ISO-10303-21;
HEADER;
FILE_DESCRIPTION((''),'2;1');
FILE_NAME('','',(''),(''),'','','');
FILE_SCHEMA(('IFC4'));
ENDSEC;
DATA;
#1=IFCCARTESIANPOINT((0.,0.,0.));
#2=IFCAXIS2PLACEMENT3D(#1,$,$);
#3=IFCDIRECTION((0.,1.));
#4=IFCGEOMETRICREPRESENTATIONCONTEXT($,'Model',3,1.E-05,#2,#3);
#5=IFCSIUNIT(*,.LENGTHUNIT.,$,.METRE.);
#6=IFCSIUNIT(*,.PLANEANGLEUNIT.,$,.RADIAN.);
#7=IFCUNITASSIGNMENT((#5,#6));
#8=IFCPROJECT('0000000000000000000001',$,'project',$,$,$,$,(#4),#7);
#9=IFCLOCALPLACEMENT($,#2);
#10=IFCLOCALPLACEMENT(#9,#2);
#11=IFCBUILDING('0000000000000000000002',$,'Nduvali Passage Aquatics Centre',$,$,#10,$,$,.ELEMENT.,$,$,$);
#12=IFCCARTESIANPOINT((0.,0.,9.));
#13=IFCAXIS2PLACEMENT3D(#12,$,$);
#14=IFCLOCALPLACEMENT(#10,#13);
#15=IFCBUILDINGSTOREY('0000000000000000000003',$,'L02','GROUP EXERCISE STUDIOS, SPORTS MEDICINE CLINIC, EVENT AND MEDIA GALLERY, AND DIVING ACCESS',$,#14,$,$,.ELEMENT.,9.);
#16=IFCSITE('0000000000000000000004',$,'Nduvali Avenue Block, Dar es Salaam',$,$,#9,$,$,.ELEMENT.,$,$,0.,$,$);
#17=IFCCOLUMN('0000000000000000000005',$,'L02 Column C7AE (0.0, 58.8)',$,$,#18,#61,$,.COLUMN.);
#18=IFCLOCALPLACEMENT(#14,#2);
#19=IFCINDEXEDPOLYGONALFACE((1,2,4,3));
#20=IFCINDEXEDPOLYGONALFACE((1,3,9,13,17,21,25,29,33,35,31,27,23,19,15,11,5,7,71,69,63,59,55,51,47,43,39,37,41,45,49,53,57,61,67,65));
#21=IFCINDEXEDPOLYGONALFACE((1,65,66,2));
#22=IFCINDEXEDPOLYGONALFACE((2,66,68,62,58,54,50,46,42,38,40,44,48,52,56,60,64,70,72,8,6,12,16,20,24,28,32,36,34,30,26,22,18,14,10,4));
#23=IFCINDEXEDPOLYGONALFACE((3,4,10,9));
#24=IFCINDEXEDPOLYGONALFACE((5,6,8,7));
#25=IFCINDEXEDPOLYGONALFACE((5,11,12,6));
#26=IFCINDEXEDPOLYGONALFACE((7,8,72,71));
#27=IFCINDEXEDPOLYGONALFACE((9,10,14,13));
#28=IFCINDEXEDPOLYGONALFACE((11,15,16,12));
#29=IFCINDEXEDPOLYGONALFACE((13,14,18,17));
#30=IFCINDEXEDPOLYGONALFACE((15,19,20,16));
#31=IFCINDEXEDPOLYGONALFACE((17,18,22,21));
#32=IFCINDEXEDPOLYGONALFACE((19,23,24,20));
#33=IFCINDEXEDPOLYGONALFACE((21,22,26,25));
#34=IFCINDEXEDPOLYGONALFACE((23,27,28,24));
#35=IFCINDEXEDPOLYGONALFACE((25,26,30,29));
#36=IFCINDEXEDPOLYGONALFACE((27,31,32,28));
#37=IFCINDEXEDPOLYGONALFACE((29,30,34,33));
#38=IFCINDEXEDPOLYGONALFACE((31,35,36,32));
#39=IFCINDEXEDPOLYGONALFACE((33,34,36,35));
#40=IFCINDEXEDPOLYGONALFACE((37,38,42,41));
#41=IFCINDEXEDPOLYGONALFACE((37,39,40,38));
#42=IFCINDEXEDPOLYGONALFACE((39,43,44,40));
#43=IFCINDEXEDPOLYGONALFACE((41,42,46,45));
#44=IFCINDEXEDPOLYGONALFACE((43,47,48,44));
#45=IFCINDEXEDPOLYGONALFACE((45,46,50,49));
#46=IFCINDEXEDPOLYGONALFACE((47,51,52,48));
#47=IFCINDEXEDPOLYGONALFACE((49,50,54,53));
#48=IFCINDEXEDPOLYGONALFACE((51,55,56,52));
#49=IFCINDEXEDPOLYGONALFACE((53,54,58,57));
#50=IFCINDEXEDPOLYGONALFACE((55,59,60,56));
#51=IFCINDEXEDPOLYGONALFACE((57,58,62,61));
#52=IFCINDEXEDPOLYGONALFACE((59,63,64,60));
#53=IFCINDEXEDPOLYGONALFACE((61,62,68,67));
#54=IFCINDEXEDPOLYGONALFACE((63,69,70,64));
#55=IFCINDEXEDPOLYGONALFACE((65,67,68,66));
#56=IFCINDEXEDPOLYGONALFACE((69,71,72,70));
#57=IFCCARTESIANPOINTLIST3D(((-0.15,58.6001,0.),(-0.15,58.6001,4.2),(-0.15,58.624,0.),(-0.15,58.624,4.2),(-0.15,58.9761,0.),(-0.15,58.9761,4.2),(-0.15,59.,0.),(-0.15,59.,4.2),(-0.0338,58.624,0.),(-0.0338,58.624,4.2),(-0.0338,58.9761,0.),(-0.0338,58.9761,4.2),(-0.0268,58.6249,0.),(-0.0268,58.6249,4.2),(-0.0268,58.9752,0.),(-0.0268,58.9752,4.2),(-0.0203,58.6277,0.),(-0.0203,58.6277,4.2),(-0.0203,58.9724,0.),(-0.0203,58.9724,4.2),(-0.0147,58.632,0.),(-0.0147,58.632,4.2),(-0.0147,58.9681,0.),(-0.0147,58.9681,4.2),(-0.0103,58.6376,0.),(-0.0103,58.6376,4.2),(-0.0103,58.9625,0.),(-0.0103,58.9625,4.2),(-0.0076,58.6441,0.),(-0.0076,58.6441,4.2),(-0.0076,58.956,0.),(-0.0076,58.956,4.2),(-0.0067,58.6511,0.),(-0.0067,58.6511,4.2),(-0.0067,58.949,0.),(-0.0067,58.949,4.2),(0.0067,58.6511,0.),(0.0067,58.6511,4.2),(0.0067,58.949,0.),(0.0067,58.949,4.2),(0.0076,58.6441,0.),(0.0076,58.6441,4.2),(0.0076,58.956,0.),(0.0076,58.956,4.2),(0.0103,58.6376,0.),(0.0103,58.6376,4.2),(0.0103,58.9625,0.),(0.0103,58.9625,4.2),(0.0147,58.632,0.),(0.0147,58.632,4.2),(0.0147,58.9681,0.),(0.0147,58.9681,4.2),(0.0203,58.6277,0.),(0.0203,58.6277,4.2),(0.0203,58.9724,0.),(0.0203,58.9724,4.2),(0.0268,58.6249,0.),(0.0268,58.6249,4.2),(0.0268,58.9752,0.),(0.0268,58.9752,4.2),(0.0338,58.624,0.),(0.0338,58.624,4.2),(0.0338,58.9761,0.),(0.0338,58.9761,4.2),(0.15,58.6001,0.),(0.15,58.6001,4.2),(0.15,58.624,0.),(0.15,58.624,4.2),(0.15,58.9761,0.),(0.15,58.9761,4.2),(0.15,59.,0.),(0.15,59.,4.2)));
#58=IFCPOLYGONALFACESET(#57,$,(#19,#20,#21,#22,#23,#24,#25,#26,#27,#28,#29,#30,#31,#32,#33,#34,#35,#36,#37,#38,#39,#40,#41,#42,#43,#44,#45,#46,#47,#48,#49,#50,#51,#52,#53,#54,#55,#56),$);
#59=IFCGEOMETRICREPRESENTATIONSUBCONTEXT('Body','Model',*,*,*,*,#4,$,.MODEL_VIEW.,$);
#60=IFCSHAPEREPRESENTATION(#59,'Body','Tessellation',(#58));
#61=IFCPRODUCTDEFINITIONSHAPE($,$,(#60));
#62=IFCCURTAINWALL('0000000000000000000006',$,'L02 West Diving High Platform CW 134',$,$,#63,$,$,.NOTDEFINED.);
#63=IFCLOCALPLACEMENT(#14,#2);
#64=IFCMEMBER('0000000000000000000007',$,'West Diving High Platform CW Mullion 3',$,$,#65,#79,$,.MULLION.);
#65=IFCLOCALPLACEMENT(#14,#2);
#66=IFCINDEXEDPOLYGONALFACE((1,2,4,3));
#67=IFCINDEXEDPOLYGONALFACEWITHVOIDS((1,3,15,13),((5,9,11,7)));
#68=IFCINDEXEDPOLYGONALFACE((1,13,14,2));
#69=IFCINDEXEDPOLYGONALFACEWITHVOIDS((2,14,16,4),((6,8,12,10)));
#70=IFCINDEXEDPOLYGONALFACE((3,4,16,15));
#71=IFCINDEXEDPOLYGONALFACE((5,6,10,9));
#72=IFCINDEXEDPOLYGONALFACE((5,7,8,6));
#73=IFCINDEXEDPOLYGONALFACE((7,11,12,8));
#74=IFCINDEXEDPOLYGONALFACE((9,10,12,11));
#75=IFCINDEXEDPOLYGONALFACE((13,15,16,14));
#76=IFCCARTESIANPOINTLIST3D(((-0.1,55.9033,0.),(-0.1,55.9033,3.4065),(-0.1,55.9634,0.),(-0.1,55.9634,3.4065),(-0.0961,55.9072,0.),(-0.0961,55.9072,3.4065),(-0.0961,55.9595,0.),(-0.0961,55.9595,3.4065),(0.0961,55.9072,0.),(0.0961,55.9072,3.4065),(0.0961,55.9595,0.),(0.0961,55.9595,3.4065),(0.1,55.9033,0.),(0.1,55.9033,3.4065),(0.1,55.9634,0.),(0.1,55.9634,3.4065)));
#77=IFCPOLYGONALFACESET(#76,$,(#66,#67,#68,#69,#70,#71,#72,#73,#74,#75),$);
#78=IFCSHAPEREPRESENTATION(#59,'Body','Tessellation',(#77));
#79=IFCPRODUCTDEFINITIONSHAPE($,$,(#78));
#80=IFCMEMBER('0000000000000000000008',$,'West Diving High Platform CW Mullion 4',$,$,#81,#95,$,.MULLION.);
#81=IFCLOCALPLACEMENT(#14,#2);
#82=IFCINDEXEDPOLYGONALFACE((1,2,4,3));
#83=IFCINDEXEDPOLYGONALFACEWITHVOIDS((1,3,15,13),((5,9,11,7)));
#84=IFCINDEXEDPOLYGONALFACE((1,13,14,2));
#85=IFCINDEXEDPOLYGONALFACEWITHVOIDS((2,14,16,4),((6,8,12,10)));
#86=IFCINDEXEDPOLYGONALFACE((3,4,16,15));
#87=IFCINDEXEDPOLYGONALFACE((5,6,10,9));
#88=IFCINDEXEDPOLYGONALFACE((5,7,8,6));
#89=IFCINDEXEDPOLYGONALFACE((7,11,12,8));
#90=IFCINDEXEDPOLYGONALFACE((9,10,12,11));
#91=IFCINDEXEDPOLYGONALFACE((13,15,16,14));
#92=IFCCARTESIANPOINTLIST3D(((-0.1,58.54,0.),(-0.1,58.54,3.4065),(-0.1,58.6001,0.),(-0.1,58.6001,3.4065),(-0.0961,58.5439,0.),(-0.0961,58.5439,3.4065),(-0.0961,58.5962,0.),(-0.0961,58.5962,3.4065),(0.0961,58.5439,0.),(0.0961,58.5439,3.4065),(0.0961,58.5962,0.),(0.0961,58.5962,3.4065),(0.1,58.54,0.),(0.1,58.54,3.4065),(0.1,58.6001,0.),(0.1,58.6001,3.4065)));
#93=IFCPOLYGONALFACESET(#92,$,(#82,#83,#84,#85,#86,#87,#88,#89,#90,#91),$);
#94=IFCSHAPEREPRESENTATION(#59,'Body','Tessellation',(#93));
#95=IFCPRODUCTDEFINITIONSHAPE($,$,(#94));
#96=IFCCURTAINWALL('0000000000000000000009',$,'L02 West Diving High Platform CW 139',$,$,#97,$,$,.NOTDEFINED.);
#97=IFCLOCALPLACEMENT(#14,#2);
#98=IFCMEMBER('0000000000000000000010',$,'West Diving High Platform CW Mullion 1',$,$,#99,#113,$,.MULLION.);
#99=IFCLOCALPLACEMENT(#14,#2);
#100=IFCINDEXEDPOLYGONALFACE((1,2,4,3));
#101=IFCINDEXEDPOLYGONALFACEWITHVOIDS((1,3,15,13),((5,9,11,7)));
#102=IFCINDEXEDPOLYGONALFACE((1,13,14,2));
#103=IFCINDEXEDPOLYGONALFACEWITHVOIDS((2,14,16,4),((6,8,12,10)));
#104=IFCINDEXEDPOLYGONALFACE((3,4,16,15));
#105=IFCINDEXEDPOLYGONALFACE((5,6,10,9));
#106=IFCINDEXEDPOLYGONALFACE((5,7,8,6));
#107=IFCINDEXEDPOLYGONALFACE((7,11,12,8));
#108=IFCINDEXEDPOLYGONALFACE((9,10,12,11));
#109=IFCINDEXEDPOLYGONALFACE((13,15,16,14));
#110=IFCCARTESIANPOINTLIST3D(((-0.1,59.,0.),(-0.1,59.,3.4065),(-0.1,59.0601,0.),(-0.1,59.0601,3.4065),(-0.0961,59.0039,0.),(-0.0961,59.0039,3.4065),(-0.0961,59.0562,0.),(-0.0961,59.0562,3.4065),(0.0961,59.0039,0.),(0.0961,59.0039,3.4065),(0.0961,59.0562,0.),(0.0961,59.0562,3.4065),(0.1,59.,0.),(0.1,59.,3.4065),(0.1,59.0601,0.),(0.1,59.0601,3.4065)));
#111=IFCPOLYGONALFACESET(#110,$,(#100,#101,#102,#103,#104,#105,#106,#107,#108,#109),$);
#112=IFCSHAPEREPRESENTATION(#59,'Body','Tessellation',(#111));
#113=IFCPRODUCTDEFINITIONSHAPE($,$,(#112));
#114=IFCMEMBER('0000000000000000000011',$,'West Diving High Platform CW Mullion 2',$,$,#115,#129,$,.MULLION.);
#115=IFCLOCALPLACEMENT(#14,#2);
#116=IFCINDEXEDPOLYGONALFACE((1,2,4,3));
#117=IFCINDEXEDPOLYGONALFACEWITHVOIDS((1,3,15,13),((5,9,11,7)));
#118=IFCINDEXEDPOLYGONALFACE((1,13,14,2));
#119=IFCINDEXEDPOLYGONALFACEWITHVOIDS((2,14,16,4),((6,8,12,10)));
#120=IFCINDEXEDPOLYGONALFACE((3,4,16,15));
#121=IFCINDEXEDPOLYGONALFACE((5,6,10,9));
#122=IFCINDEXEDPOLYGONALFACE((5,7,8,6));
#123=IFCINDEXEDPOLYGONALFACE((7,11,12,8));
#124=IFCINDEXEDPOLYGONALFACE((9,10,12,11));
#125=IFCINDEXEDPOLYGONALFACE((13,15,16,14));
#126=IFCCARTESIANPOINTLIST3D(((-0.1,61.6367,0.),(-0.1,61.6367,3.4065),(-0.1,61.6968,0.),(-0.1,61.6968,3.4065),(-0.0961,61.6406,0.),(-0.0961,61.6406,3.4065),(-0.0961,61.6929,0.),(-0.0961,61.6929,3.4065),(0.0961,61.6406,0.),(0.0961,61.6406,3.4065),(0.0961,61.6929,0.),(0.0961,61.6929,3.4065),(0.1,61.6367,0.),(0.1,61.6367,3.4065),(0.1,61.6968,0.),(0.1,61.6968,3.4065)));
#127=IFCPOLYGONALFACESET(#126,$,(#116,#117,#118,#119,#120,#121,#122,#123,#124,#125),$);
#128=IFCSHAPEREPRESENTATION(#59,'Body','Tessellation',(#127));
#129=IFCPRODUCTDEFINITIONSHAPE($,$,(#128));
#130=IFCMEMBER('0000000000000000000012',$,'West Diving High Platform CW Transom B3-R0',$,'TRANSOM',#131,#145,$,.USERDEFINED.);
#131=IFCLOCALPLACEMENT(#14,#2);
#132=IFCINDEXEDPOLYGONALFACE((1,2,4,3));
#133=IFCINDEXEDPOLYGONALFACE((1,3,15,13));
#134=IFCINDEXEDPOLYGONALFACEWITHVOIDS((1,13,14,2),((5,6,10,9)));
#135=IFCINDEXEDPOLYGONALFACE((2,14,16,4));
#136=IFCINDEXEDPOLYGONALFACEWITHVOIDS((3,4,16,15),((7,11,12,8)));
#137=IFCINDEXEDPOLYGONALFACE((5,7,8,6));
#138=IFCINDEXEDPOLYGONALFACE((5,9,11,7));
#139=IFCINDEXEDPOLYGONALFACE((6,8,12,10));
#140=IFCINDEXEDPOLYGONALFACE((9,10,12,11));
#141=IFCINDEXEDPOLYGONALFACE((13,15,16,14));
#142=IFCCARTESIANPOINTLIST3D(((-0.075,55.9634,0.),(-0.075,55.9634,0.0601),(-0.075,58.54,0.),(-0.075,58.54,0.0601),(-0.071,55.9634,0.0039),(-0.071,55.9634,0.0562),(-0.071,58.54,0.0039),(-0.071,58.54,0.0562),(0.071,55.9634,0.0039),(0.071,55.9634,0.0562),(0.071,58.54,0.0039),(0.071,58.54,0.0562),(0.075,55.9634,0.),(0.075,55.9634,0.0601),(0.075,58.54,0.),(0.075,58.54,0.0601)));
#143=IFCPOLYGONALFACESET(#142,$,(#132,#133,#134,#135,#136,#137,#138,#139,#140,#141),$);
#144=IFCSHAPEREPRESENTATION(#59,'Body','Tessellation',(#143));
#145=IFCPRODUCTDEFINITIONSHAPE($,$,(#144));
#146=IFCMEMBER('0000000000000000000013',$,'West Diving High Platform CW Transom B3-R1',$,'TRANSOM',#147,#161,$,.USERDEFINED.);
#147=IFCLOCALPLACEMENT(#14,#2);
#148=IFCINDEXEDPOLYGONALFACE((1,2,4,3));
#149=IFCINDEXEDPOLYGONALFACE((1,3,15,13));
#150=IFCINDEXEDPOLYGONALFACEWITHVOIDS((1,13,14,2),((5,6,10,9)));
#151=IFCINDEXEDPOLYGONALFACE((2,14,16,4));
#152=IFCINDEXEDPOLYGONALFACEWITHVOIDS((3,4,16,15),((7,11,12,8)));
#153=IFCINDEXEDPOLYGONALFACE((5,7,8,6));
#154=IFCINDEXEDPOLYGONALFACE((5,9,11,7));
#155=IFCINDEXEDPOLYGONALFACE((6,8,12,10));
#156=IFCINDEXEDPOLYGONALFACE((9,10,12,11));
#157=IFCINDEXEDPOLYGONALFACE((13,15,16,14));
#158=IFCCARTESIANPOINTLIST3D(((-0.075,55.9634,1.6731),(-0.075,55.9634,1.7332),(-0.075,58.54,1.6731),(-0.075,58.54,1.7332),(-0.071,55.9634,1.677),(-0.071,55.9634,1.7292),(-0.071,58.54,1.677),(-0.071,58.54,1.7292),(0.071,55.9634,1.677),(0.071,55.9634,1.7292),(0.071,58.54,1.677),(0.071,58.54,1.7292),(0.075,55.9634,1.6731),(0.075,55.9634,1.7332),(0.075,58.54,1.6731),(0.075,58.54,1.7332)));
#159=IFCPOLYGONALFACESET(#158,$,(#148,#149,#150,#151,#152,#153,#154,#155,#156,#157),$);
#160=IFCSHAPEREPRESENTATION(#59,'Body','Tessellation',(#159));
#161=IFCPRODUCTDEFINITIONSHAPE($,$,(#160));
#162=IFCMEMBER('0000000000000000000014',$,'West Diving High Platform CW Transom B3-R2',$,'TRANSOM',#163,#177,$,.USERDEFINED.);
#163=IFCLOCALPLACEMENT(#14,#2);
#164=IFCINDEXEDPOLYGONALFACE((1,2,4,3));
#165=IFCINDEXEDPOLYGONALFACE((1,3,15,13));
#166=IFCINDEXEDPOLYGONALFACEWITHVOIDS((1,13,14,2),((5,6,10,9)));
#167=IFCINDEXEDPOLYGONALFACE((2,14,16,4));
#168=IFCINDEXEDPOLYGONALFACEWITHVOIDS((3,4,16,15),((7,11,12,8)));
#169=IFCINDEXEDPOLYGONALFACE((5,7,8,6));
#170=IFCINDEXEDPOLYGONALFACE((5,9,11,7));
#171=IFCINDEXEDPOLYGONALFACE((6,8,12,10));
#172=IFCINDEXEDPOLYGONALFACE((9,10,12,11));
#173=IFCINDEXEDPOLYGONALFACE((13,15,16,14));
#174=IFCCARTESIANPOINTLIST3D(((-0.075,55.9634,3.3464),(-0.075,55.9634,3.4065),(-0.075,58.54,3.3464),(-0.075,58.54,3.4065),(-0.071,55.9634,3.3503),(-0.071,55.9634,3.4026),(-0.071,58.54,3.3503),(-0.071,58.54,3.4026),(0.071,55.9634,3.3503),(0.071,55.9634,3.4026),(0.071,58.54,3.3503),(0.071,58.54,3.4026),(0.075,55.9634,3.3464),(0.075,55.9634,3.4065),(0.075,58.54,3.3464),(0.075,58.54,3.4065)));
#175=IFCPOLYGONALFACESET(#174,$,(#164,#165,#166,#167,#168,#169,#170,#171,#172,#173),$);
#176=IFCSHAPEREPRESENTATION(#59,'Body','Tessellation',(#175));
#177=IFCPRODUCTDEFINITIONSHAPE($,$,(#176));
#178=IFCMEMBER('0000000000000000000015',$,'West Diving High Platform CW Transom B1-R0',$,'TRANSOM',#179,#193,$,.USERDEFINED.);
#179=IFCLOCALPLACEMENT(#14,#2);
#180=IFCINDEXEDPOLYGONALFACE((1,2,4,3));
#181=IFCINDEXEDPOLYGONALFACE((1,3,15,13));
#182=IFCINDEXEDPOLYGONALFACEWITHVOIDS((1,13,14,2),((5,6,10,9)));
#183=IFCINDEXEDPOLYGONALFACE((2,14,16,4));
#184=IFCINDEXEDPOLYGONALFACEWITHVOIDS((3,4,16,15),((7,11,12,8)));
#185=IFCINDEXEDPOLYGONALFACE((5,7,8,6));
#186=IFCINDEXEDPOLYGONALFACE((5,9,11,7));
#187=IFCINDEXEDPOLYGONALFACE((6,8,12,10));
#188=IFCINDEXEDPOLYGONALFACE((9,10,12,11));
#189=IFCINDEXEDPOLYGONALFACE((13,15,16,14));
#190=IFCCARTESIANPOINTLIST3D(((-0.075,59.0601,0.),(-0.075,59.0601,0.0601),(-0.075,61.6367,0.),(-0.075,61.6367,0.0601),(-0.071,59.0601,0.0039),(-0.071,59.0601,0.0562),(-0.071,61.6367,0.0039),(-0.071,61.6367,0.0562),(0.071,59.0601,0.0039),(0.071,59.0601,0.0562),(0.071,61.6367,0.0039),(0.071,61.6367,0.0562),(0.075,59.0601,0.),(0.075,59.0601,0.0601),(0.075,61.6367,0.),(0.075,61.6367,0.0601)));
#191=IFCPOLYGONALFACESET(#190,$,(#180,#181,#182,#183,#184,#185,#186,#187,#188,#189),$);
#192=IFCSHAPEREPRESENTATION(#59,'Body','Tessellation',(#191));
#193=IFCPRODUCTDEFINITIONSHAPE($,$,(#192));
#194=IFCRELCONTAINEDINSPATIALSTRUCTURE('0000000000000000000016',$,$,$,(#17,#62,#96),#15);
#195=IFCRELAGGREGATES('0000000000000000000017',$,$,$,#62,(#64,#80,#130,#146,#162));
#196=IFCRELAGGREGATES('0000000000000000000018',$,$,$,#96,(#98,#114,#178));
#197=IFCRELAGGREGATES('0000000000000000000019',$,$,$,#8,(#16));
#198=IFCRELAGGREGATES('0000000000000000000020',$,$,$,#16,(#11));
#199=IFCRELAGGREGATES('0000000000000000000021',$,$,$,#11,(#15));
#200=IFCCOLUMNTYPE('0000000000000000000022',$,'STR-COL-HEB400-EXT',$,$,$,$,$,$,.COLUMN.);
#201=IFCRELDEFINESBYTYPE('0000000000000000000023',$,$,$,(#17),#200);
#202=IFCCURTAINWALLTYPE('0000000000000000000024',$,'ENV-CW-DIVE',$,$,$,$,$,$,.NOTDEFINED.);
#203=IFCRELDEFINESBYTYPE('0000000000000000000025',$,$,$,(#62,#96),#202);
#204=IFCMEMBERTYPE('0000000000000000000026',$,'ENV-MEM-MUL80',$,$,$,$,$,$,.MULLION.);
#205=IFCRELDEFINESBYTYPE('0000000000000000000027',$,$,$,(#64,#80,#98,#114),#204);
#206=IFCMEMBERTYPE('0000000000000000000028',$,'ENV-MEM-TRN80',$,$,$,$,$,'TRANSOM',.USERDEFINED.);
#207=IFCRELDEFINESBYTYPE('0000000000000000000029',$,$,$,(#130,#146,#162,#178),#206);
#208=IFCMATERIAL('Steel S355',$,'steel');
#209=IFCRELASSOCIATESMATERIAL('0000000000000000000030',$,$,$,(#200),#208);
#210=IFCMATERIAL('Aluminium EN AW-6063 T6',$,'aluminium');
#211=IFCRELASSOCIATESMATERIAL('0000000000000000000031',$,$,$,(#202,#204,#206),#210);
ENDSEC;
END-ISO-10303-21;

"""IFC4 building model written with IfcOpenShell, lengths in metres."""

from ifc_helpers import new_model, si_unit, direction, frame, origin, origin_2d, place, context, subcontext, project, spatial, hollow_rectangle, i_section, extrude, material, material_profile, profile_set, type_object, element, aggregate, save


model = new_model("IFC4")

# Units and contexts
model_context = context("Model", 3, precision=1e-05, world=origin(), true_north=direction((0.0, 1.0)))
body_context = subcontext(model_context, "Body", "Model", "MODEL_VIEW")
ifc_project = project(units=[si_unit("LENGTHUNIT", "METRE"), si_unit("PLANEANGLEUNIT", "RADIAN")], contexts=[model_context])

# Site, building, storey
site_placement = place(None, origin())
site = spatial("IfcSite", under=ifc_project, at=site_placement, Name="Nduvali Avenue Block, Dar es Salaam", CompositionType="ELEMENT", RefElevation=0.0)
building_placement = place(site_placement, origin())
building = spatial("IfcBuilding", under=site, at=building_placement, Name="Nduvali Passage Aquatics Centre", CompositionType="ELEMENT")
storey_placement = place(building_placement, frame((0.0, 0.0, 9.0)))
storey = spatial("IfcBuildingStorey", under=building, at=storey_placement, Name="L02", Description="GROUP EXERCISE STUDIOS, SPORTS MEDICINE CLINIC, EVENT AND MEDIA GALLERY, AND DIVING ACCESS", CompositionType="ELEMENT", Elevation=9.0)

# Column
ifc_material_1 = material(Name="Steel S355", Category="steel")
ifc_material_profile_1 = material_profile(ifc_material_1, i_section(OverallWidth=0.3, OverallDepth=0.3999, WebThickness=0.0134, FlangeThickness=0.0239, FilletRadius=0.0271, at=origin_2d()), Name="HEB 400")
ifc_profile_set_1 = profile_set([ifc_material_profile_1], Name="Steel S355")
column_type = type_object("IfcColumnType", Name="STR-COL-HEB400-EXT", PredefinedType="COLUMN", material=ifc_profile_set_1)
column_placement = place(storey_placement, frame((0.0, 58.8, 0.0), z_axis=(0.0, 0.0, 1.0), x_axis=(1.0, 0.0, 0.0)))
element("IfcColumn", 1, at=column_placement, inside=storey, type_object=column_type, Name="L02 Column C7AE (0.0, 58.8)", PredefinedType="COLUMN", context=body_context, shape_type="SweptSolid", body=[
    extrude(i_section(OverallWidth=0.3, OverallDepth=0.3999, WebThickness=0.0134, FlangeThickness=0.0239, FilletRadius=0.0271, at=origin_2d()), origin(), (0.0, 0.0, 1.0), 4.2),
])

# Curtain walls, members
ifc_material_2 = material(Name="Aluminium EN AW-6063 T6", Category="aluminium")
curtain_wall_type = type_object("IfcCurtainWallType", Name="ENV-CW-DIVE", PredefinedType="NOTDEFINED", material=ifc_material_2)
curtain_wall_1_placement = place(storey_placement, origin())
curtain_wall_1 = element("IfcCurtainWall", 2, at=curtain_wall_1_placement, inside=storey, type_object=curtain_wall_type, Name="L02 West Diving High Platform CW 134", PredefinedType="NOTDEFINED")
ifc_material_profile_2 = material_profile(ifc_material_2, hollow_rectangle(XDim=0.0601, YDim=0.2, WallThickness=0.0039, at=origin_2d()), Name="ALU MULLION 60x200x4")
ifc_profile_set_2 = profile_set([ifc_material_profile_2], Name="Aluminium EN AW-6063 T6")
member_type_1 = type_object("IfcMemberType", Name="ENV-MEM-MUL80", PredefinedType="MULLION", material=ifc_profile_set_2)
member_1_placement = place(storey_placement, frame((0.0, 55.9333, 0.0), z_axis=(0.0, 0.0, 1.0), x_axis=(0.0, 1.0, 0.0)))
member_1 = element("IfcMember", 3, at=member_1_placement, type_object=member_type_1, Name="West Diving High Platform CW Mullion 3", PredefinedType="MULLION", context=body_context, shape_type="SweptSolid", body=[
    extrude(hollow_rectangle(XDim=0.0601, YDim=0.2, WallThickness=0.0039, at=origin_2d()), origin(), (0.0, 0.0, 1.0), 3.4065),
])
member_2_placement = place(storey_placement, frame((0.0, 58.5701, 0.0), z_axis=(0.0, 0.0, 1.0), x_axis=(0.0, 1.0, 0.0)))
member_2 = element("IfcMember", 4, at=member_2_placement, type_object=member_type_1, Name="West Diving High Platform CW Mullion 4", PredefinedType="MULLION", context=body_context, shape_type="SweptSolid", body=[
    extrude(hollow_rectangle(XDim=0.0601, YDim=0.2, WallThickness=0.0039, at=origin_2d()), origin(), (0.0, 0.0, 1.0), 3.4065),
])
curtain_wall_2_placement = place(storey_placement, origin())
curtain_wall_2 = element("IfcCurtainWall", 5, at=curtain_wall_2_placement, inside=storey, type_object=curtain_wall_type, Name="L02 West Diving High Platform CW 139", PredefinedType="NOTDEFINED")
member_3_placement = place(storey_placement, frame((0.0, 59.03, 0.0), z_axis=(0.0, 0.0, 1.0), x_axis=(0.0, 1.0, 0.0)))
member_3 = element("IfcMember", 6, at=member_3_placement, type_object=member_type_1, Name="West Diving High Platform CW Mullion 1", PredefinedType="MULLION", context=body_context, shape_type="SweptSolid", body=[
    extrude(hollow_rectangle(XDim=0.0601, YDim=0.2, WallThickness=0.0039, at=origin_2d()), origin(), (0.0, 0.0, 1.0), 3.4065),
])
member_4_placement = place(storey_placement, frame((0.0, 61.6667, 0.0), z_axis=(0.0, 0.0, 1.0), x_axis=(0.0, 1.0, 0.0)))
member_4 = element("IfcMember", 7, at=member_4_placement, type_object=member_type_1, Name="West Diving High Platform CW Mullion 2", PredefinedType="MULLION", context=body_context, shape_type="SweptSolid", body=[
    extrude(hollow_rectangle(XDim=0.0601, YDim=0.2, WallThickness=0.0039, at=origin_2d()), origin(), (0.0, 0.0, 1.0), 3.4065),
])

# Members
ifc_material_profile_3 = material_profile(ifc_material_2, hollow_rectangle(XDim=0.1499, YDim=0.0601, WallThickness=0.0039, at=origin_2d()), Name="ALU TRANSOM 150x60x4")
ifc_profile_set_3 = profile_set([ifc_material_profile_3], Name="Aluminium EN AW-6063 T6")
member_type_2 = type_object("IfcMemberType", Name="ENV-MEM-TRN80", ElementType="TRANSOM", PredefinedType="USERDEFINED", material=ifc_profile_set_3)
member_5_placement = place(storey_placement, frame((0.0, 55.9634, 0.03), z_axis=(0.0, 1.0, 0.0), x_axis=(-1.0, 0.0, 0.0)))
member_5 = element("IfcMember", 8, at=member_5_placement, type_object=member_type_2, Name="West Diving High Platform CW Transom B3-R0", ObjectType="TRANSOM", PredefinedType="USERDEFINED", context=body_context, shape_type="SweptSolid", body=[
    extrude(hollow_rectangle(XDim=0.1499, YDim=0.0601, WallThickness=0.0039, at=origin_2d()), origin(), (0.0, 0.0, 1.0), 2.5767),
])
member_6_placement = place(storey_placement, frame((0.0, 55.9634, 1.7031), z_axis=(0.0, 1.0, 0.0), x_axis=(-1.0, 0.0, 0.0)))
member_6 = element("IfcMember", 9, at=member_6_placement, type_object=member_type_2, Name="West Diving High Platform CW Transom B3-R1", ObjectType="TRANSOM", PredefinedType="USERDEFINED", context=body_context, shape_type="SweptSolid", body=[
    extrude(hollow_rectangle(XDim=0.1499, YDim=0.0601, WallThickness=0.0039, at=origin_2d()), origin(), (0.0, 0.0, 1.0), 2.5767),
])
member_7_placement = place(storey_placement, frame((0.0, 55.9634, 3.3765), z_axis=(0.0, 1.0, 0.0), x_axis=(-1.0, 0.0, 0.0)))
member_7 = element("IfcMember", 10, at=member_7_placement, type_object=member_type_2, Name="West Diving High Platform CW Transom B3-R2", ObjectType="TRANSOM", PredefinedType="USERDEFINED", context=body_context, shape_type="SweptSolid", body=[
    extrude(hollow_rectangle(XDim=0.1499, YDim=0.0601, WallThickness=0.0039, at=origin_2d()), origin(), (0.0, 0.0, 1.0), 2.5767),
])
member_8_placement = place(storey_placement, frame((0.0, 59.0601, 0.03), z_axis=(0.0, 1.0, 0.0), x_axis=(-1.0, 0.0, 0.0)))
member_8 = element("IfcMember", 11, at=member_8_placement, type_object=member_type_2, Name="West Diving High Platform CW Transom B1-R0", ObjectType="TRANSOM", PredefinedType="USERDEFINED", context=body_context, shape_type="SweptSolid", body=[
    extrude(hollow_rectangle(XDim=0.1499, YDim=0.0601, WallThickness=0.0039, at=origin_2d()), origin(), (0.0, 0.0, 1.0), 2.5767),
])

aggregate(curtain_wall_1, [member_1, member_2, member_5, member_6, member_7])
aggregate(curtain_wall_2, [member_3, member_4, member_8])

save(model, "model.ifc")
